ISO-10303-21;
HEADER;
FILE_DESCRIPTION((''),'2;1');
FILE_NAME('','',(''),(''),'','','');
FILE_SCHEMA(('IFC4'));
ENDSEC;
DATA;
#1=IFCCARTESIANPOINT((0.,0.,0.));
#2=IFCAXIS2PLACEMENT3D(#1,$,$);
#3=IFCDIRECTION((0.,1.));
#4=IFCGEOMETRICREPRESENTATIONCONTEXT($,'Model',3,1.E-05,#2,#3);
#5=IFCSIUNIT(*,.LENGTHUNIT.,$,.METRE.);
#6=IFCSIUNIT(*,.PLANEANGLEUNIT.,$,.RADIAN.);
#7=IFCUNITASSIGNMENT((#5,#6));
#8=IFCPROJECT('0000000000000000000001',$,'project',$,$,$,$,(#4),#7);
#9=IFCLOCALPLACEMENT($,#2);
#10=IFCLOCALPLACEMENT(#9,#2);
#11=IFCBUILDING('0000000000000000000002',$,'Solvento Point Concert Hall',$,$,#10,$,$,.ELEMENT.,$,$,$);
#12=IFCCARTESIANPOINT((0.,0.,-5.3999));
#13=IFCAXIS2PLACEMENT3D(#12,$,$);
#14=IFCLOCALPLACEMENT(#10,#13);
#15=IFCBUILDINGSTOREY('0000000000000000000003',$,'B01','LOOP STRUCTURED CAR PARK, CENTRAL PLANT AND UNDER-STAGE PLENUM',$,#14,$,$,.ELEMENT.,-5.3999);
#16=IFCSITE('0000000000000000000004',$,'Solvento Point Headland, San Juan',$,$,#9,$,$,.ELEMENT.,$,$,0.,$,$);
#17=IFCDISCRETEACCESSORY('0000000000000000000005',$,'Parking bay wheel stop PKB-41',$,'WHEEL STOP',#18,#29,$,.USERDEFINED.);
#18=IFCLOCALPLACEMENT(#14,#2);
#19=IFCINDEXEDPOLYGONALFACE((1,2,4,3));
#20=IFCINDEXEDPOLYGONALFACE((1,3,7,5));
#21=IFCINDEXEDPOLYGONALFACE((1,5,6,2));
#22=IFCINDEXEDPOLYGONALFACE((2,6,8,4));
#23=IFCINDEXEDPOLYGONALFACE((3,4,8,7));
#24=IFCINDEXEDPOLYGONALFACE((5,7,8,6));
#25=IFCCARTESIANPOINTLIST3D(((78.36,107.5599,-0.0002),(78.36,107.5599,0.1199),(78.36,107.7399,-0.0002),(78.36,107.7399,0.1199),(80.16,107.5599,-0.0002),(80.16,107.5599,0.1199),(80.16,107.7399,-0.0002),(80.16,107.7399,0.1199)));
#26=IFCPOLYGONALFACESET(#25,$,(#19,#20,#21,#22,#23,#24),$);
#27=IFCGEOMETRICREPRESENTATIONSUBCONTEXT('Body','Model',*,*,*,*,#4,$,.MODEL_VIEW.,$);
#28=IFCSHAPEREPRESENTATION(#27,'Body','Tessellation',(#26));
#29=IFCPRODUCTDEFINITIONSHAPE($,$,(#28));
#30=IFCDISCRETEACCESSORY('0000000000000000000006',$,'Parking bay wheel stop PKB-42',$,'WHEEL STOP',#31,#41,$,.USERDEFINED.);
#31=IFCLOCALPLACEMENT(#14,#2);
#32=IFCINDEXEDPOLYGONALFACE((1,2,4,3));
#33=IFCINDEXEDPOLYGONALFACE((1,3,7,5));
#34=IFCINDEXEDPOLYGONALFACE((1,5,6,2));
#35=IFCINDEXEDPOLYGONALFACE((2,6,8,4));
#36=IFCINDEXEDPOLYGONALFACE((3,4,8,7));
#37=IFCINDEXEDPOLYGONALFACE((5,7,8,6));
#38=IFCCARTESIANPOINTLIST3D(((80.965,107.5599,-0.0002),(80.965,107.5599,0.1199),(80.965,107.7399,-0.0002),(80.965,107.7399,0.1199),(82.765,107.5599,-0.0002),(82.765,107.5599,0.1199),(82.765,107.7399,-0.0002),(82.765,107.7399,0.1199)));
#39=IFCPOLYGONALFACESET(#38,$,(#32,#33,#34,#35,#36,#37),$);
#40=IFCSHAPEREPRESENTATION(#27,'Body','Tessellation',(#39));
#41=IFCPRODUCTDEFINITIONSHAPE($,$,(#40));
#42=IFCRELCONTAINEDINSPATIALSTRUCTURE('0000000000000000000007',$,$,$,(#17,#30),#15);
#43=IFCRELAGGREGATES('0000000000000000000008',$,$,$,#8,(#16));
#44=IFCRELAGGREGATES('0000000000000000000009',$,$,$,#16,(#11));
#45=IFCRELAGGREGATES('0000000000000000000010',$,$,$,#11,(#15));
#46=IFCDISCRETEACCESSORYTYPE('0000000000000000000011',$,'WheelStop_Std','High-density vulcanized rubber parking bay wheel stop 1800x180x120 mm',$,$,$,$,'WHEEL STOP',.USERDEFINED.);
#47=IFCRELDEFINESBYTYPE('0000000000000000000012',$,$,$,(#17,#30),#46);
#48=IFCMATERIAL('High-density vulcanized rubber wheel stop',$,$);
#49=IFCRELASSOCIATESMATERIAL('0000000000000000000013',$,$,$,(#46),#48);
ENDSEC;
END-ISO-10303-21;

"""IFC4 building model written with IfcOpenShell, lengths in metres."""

from ifc_helpers import new_model, si_unit, direction, frame, origin, origin_2d, place, context, subcontext, project, spatial, rectangle, extrude, material, type_object, element, save


model = new_model("IFC4")

# Units and contexts
model_context = context("Model", 3, precision=1e-05, world=origin(), true_north=direction((0.0, 1.0)))
body_context = subcontext(model_context, "Body", "Model", "MODEL_VIEW")
ifc_project = project(units=[si_unit("LENGTHUNIT", "METRE"), si_unit("PLANEANGLEUNIT", "RADIAN")], contexts=[model_context])

# Site, building, storey
site_placement = place(None, origin())
site = spatial("IfcSite", under=ifc_project, at=site_placement, Name="Solvento Point Headland, San Juan", CompositionType="ELEMENT", RefElevation=0.0)
building_placement = place(site_placement, origin())
building = spatial("IfcBuilding", under=site, at=building_placement, Name="Solvento Point Concert Hall", CompositionType="ELEMENT")
storey_placement = place(building_placement, frame((0.0, 0.0, -5.3999)))
storey = spatial("IfcBuildingStorey", under=building, at=storey_placement, Name="B01", Description="LOOP STRUCTURED CAR PARK, CENTRAL PLANT AND UNDER-STAGE PLENUM", CompositionType="ELEMENT", Elevation=-5.3999)

# Discrete accessories
ifc_material_1 = material(Name="High-density vulcanized rubber wheel stop")
discrete_accessory_type = type_object("IfcDiscreteAccessoryType", Name="WheelStop_Std", Description="High-density vulcanized rubber parking bay wheel stop 1800x180x120 mm", ElementType="WHEEL STOP", PredefinedType="USERDEFINED", material=ifc_material_1)
for number, where, z_axis, x_axis, name in (
    (1, (79.26, 107.6499, -0.0002), (0.0, 0.0, 1.0), (1.0, 0.0, 0.0), "Parking bay wheel stop PKB-41"),
    (2, (81.865, 107.6499, -0.0002), (0.0, 0.0, 1.0), (1.0, 0.0, 0.0), "Parking bay wheel stop PKB-42"),
):
    element("IfcDiscreteAccessory", number, at=place(storey_placement, frame(where, z_axis=z_axis, x_axis=x_axis)), inside=storey, type_object=discrete_accessory_type, Name=name, ObjectType="WHEEL STOP", PredefinedType="USERDEFINED", context=body_context, shape_type="SweptSolid", body=[
        extrude(rectangle(XDim=1.8, YDim=0.1799, at=origin_2d()), origin(), (0.0, 0.0, 1.0), 0.1201),
    ])

save(model, "model.ifc")
